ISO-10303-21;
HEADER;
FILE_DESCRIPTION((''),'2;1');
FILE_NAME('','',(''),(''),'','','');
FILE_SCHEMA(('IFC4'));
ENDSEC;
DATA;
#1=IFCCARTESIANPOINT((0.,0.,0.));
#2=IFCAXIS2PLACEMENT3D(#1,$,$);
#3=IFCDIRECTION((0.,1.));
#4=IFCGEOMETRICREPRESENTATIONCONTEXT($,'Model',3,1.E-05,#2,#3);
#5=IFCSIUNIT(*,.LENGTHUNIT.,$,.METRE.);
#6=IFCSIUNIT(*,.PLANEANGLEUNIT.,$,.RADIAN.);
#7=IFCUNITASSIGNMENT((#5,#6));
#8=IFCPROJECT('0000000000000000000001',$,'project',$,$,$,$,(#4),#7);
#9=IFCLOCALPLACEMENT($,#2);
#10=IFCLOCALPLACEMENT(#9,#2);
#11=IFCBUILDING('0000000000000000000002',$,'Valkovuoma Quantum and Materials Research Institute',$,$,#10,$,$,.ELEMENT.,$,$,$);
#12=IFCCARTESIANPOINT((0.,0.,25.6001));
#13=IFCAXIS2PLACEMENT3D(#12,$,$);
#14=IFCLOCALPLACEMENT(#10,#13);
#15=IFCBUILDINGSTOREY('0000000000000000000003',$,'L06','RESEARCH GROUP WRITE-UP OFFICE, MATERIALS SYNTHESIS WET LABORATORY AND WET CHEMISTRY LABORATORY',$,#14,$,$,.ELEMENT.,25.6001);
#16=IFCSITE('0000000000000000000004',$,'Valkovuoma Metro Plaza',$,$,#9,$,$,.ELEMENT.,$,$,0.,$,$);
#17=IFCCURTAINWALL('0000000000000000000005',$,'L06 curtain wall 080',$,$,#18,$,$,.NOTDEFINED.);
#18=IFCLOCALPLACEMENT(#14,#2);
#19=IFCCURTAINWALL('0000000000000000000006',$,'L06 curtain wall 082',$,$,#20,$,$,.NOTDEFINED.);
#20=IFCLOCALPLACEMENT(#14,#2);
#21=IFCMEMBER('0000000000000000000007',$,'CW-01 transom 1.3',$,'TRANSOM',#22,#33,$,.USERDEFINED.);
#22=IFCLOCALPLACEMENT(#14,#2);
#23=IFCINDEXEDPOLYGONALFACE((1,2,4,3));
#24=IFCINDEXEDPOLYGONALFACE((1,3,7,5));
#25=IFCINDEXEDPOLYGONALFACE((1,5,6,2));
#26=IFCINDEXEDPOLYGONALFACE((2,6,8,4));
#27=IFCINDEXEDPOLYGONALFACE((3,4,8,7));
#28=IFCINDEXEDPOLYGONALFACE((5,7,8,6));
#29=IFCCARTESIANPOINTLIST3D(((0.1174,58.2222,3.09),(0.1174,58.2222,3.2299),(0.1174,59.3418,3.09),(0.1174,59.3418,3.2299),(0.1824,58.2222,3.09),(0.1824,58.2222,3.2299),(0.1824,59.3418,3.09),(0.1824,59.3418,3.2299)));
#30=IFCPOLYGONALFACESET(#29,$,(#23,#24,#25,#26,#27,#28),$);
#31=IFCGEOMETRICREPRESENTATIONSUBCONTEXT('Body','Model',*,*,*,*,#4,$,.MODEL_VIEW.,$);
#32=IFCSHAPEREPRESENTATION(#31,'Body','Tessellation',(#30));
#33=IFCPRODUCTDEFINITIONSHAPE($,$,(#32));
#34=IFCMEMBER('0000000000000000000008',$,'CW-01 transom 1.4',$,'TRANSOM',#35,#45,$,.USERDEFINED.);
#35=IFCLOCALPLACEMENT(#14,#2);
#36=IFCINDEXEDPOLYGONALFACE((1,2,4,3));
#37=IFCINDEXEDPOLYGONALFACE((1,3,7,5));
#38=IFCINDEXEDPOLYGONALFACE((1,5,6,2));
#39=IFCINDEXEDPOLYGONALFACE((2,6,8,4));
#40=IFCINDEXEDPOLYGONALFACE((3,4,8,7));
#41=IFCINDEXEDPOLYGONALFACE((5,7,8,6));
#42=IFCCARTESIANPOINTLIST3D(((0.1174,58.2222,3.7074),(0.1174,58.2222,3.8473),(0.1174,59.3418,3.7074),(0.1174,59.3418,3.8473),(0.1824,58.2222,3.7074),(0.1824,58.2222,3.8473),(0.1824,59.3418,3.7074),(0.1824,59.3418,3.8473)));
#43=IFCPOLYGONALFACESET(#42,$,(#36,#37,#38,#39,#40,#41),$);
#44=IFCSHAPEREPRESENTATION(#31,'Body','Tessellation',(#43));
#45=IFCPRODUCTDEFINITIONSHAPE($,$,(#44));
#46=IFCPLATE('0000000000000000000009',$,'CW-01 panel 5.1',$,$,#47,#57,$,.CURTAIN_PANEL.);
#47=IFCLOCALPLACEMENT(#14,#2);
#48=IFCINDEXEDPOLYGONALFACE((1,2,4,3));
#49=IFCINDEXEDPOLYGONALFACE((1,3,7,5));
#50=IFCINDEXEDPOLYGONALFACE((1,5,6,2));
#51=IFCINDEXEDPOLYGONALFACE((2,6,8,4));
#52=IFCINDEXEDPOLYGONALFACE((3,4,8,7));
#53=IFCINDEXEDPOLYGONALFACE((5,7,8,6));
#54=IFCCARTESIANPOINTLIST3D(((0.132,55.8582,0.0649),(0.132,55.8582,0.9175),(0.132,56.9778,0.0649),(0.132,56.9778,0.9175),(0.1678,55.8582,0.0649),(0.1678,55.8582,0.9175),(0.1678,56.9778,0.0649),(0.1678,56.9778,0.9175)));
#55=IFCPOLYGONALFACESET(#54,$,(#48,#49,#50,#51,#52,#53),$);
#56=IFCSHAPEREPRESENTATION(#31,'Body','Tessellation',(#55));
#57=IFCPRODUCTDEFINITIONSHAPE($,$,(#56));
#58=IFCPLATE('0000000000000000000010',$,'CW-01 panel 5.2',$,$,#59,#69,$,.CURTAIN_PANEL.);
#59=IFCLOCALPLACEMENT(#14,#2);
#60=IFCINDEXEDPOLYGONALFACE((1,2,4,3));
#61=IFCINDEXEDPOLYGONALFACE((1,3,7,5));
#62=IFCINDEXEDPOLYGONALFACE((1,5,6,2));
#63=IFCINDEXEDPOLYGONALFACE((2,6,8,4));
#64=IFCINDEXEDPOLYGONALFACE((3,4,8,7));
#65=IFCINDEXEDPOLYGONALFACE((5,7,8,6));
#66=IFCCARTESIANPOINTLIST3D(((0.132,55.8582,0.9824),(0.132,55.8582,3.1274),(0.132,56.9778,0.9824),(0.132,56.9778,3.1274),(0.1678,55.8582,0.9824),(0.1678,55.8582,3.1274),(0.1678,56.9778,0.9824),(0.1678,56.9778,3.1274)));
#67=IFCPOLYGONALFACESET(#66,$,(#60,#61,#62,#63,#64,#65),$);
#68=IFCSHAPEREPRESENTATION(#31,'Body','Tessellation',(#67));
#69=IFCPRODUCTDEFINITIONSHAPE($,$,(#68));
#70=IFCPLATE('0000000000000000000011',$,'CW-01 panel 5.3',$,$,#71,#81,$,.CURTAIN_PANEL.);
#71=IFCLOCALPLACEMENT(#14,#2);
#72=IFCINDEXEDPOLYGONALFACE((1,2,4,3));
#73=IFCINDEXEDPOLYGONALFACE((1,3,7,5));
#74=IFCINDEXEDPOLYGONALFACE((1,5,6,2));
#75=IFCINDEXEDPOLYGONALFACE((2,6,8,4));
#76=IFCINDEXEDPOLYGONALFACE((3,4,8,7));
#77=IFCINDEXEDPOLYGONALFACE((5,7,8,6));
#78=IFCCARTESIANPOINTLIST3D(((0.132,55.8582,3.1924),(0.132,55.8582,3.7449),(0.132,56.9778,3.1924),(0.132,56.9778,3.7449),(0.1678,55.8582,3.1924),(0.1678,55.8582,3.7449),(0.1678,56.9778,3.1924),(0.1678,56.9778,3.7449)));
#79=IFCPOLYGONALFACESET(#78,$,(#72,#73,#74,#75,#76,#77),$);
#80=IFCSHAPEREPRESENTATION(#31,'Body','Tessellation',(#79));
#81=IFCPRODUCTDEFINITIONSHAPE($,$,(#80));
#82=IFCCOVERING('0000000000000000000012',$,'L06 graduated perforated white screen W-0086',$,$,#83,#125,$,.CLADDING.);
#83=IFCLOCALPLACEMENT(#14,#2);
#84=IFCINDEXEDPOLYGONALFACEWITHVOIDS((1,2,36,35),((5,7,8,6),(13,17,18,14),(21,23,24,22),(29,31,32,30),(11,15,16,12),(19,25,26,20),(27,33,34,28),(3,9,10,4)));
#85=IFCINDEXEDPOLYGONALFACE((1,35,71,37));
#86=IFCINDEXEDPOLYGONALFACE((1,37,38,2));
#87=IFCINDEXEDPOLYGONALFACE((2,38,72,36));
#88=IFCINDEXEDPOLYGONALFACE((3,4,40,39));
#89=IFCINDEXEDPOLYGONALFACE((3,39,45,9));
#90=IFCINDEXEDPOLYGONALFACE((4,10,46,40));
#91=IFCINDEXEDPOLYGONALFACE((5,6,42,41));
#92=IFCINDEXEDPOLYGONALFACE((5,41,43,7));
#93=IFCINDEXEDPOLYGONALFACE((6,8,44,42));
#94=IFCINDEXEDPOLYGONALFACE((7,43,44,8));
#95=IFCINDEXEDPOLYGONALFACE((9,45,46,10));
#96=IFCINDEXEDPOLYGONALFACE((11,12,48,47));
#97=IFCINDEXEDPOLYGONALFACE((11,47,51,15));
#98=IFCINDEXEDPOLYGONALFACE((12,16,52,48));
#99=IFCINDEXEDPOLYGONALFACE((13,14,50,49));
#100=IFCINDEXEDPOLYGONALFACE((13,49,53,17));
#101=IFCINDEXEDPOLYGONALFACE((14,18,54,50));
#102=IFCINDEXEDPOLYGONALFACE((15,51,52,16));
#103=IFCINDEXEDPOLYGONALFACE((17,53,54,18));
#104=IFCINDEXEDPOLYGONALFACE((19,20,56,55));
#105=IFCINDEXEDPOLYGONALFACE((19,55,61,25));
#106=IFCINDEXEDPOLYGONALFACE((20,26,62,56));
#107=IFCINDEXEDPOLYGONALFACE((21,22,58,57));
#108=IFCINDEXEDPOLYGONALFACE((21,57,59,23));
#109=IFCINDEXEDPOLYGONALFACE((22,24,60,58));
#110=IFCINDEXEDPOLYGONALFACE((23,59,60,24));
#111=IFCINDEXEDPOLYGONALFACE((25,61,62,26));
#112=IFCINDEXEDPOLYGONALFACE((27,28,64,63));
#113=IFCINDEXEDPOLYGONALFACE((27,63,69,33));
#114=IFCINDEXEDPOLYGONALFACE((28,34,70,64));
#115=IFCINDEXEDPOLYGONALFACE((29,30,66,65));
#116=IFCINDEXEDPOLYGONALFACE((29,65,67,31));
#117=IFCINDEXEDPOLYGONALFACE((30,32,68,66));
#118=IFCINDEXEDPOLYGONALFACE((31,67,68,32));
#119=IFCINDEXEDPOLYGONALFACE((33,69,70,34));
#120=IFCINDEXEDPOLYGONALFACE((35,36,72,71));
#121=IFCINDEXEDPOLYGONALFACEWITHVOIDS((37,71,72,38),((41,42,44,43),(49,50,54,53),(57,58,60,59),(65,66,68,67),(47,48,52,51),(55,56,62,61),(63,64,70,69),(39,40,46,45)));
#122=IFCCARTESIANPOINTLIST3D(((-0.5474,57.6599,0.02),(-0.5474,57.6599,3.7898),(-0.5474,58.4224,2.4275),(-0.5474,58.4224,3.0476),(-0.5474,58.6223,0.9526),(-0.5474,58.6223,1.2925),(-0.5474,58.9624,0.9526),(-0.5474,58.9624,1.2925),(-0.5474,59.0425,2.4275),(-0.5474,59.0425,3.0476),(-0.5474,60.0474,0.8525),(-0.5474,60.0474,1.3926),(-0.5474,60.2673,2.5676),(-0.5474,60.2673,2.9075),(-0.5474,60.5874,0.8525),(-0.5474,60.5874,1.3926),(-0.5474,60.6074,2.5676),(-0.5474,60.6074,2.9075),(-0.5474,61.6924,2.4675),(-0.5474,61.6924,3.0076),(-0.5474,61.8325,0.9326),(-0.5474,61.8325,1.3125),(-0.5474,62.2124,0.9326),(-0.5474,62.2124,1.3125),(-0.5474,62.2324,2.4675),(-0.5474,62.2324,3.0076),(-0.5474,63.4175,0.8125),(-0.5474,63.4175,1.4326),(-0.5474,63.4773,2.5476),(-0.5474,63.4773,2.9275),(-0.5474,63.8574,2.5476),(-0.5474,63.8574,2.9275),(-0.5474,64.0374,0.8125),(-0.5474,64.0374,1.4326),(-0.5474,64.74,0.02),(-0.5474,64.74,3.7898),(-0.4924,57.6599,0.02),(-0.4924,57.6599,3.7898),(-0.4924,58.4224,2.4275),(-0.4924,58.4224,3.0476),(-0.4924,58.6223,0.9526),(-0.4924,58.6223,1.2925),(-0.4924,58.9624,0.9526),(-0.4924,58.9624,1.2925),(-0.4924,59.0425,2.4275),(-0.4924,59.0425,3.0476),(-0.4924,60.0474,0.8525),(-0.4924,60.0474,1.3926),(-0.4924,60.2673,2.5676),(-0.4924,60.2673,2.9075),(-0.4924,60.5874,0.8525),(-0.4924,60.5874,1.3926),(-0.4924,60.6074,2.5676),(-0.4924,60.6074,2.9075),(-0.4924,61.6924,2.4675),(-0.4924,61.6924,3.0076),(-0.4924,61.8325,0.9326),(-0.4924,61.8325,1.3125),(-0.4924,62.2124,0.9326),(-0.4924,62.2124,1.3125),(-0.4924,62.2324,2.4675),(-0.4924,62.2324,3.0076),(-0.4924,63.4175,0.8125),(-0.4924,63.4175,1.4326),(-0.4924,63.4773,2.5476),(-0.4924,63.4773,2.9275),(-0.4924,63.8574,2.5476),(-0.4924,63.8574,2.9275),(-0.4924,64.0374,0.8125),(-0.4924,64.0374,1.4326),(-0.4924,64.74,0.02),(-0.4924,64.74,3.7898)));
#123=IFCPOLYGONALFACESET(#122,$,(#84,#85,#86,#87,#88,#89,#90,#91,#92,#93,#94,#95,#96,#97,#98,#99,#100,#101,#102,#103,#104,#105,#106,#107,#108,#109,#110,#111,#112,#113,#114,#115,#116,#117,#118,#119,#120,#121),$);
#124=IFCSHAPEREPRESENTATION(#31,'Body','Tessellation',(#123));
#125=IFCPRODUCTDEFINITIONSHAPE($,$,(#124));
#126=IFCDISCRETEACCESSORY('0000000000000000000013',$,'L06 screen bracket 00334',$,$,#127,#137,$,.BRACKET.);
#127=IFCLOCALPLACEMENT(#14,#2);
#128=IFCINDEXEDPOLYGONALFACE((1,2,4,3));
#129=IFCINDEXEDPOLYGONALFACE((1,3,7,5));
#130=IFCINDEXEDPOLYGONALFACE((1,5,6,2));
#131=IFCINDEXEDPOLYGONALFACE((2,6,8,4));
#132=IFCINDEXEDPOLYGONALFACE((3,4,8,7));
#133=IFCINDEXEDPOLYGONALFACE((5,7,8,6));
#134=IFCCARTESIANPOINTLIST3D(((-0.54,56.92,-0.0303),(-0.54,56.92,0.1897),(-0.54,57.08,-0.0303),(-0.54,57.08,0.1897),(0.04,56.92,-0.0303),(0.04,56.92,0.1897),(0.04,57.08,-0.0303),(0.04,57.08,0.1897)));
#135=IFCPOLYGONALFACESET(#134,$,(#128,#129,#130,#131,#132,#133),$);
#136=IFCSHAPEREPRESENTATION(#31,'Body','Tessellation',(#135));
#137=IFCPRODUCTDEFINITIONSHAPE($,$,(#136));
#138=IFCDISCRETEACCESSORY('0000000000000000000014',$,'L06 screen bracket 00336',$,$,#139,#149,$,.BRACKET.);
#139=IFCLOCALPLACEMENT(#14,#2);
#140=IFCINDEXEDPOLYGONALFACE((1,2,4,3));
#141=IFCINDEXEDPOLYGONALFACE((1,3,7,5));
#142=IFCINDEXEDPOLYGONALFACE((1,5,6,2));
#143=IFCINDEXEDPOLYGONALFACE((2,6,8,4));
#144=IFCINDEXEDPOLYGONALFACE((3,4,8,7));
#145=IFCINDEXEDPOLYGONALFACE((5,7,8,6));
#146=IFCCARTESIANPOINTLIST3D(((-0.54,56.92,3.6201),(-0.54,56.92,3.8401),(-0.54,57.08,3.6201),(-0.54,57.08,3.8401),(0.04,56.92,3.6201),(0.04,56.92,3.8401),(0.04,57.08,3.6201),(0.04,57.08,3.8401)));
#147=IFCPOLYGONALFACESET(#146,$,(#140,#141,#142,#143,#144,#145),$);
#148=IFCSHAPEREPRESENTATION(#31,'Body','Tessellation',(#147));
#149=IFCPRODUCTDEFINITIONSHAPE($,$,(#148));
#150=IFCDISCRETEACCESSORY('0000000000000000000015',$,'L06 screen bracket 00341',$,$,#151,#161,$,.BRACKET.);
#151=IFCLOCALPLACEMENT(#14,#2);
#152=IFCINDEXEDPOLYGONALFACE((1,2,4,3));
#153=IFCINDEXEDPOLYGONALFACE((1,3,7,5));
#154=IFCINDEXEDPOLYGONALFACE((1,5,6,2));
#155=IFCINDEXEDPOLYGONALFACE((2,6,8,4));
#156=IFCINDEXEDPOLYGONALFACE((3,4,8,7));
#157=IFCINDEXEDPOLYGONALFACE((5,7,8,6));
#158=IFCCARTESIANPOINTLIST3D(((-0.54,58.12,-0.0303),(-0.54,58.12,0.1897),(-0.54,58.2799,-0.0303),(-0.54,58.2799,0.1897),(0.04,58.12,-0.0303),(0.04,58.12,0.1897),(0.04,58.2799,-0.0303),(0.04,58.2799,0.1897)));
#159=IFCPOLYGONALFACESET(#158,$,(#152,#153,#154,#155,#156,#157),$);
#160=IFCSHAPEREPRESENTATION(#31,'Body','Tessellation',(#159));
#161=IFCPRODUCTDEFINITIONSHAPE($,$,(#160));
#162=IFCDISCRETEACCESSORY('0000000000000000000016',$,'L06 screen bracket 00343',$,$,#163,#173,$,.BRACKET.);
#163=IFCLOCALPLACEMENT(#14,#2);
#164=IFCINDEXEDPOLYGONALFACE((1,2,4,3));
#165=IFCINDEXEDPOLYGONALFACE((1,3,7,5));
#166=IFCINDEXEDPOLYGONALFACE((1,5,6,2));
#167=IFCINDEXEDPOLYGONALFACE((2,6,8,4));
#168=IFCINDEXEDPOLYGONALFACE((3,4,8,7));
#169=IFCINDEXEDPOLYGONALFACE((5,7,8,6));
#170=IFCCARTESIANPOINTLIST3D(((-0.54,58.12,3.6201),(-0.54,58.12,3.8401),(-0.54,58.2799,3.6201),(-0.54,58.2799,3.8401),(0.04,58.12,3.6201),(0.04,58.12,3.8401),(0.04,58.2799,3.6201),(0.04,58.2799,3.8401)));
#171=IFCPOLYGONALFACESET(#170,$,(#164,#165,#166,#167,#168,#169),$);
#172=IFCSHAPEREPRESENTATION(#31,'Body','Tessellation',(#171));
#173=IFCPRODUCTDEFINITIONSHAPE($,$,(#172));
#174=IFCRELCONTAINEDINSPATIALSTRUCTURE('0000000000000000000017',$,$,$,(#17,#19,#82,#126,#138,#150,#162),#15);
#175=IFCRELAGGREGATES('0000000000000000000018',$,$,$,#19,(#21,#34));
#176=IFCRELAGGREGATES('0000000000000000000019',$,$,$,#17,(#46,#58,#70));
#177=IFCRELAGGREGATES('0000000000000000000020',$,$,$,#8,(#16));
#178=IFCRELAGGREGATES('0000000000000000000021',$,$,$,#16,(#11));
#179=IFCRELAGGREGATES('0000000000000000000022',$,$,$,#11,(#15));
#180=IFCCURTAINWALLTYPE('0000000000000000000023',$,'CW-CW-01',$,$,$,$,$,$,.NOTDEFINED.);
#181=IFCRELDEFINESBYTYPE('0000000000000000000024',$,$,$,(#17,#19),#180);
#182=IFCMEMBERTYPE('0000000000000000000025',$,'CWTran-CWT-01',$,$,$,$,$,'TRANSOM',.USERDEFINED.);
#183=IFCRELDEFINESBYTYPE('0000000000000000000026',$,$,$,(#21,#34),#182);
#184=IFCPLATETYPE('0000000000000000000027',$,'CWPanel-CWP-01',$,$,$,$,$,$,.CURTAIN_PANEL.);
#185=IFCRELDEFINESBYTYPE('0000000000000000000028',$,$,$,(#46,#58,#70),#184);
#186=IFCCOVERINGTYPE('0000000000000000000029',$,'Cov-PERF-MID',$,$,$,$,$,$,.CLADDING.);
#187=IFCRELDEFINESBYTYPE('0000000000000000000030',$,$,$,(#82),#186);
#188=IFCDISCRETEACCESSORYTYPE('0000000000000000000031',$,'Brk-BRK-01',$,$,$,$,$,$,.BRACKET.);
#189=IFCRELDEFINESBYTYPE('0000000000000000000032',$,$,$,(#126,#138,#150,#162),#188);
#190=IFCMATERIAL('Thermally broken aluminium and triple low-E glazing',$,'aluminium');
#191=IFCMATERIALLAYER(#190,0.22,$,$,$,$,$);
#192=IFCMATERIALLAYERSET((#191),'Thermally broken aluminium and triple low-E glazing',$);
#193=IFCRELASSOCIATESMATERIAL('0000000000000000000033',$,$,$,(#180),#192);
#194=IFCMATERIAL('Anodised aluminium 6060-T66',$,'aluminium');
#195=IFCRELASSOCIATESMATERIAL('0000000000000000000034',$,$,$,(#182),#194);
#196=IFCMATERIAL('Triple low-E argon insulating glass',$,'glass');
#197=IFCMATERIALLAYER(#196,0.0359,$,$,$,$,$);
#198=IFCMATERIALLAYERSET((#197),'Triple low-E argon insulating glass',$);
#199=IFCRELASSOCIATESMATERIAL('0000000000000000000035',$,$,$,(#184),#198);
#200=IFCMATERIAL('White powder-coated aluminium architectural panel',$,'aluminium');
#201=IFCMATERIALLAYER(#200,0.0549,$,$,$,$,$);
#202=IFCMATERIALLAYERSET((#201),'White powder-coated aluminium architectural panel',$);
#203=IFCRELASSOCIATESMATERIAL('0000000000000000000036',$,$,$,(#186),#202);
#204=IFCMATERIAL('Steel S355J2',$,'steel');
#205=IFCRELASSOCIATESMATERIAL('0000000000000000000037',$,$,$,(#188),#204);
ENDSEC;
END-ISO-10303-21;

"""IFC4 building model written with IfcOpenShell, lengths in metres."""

from ifc_helpers import new_model, si_unit, direction, frame, origin, origin_2d, place, context, subcontext, project, spatial, polyline, rectangle, outline, extrude, material, layer, layer_set, material_profile, profile_set, type_object, element, aggregate, save


model = new_model("IFC4")

# Units and contexts
model_context = context("Model", 3, precision=1e-05, world=origin(), true_north=direction((0.0, 1.0)))
body_context = subcontext(model_context, "Body", "Model", "MODEL_VIEW")
ifc_project = project(units=[si_unit("LENGTHUNIT", "METRE"), si_unit("PLANEANGLEUNIT", "RADIAN")], contexts=[model_context])

# Site, building, storey
site_placement = place(None, origin())
site = spatial("IfcSite", under=ifc_project, at=site_placement, Name="Valkovuoma Metro Plaza", CompositionType="ELEMENT", RefElevation=0.0)
building_placement = place(site_placement, origin())
building = spatial("IfcBuilding", under=site, at=building_placement, Name="Valkovuoma Quantum and Materials Research Institute", CompositionType="ELEMENT")
storey_placement = place(building_placement, frame((0.0, 0.0, 25.6001)))
storey = spatial("IfcBuildingStorey", under=building, at=storey_placement, Name="L06", Description="RESEARCH GROUP WRITE-UP OFFICE, MATERIALS SYNTHESIS WET LABORATORY AND WET CHEMISTRY LABORATORY", CompositionType="ELEMENT", Elevation=25.6001)

# Curtain walls
ifc_material_1 = material(Name="Thermally broken aluminium and triple low-E glazing", Category="aluminium")
ifc_layer_1 = layer(ifc_material_1, 0.22)
ifc_layer_set_1 = layer_set([ifc_layer_1], Name="Thermally broken aluminium and triple low-E glazing")
curtain_wall_type = type_object("IfcCurtainWallType", Name="CW-CW-01", PredefinedType="NOTDEFINED", material=ifc_layer_set_1)
curtain_wall_1_placement = place(storey_placement, origin())
curtain_wall_1 = element("IfcCurtainWall", 1, at=curtain_wall_1_placement, inside=storey, type_object=curtain_wall_type, Name="L06 curtain wall 080", PredefinedType="NOTDEFINED")
curtain_wall_2_placement = place(storey_placement, origin())
curtain_wall_2 = element("IfcCurtainWall", 2, at=curtain_wall_2_placement, inside=storey, type_object=curtain_wall_type, Name="L06 curtain wall 082", PredefinedType="NOTDEFINED")

# Members
ifc_material_2 = material(Name="Anodised aluminium 6060-T66", Category="aluminium")
ifc_material_profile_1 = material_profile(ifc_material_2, rectangle(XDim=0.0649, YDim=0.1399, at=origin_2d()), Name="Anodised aluminium 6060-T66")
ifc_profile_set_1 = profile_set([ifc_material_profile_1], Name="Anodised aluminium 6060-T66")
member_type_1 = type_object("IfcMemberType", Name="CWTran-CWT-01", ElementType="TRANSOM", PredefinedType="USERDEFINED", material=ifc_profile_set_1)
member_1_placement = place(storey_placement, frame((0.1499, 58.2222, 3.1599), z_axis=(0.0, 1.0, 0.0), x_axis=(-1.0, 0.0, 0.0)))
member_1 = element("IfcMember", 3, at=member_1_placement, type_object=member_type_1, Name="CW-01 transom 1.3", ObjectType="TRANSOM", PredefinedType="USERDEFINED", context=body_context, shape_type="SweptSolid", body=[
    extrude(rectangle(XDim=0.0649, YDim=0.1399, at=origin_2d()), origin(), (0.0, 0.0, 1.0), 1.1196),
])
member_2_placement = place(storey_placement, frame((0.1499, 58.2222, 3.7773), z_axis=(0.0, 1.0, 0.0), x_axis=(-1.0, 0.0, 0.0)))
member_2 = element("IfcMember", 4, at=member_2_placement, type_object=member_type_1, Name="CW-01 transom 1.4", ObjectType="TRANSOM", PredefinedType="USERDEFINED", context=body_context, shape_type="SweptSolid", body=[
    extrude(rectangle(XDim=0.0649, YDim=0.1399, at=origin_2d()), origin(), (0.0, 0.0, 1.0), 1.1196),
])
aggregate(curtain_wall_2, [member_1, member_2])

# Plates
ifc_material_3 = material(Name="Triple low-E argon insulating glass", Category="glass")
ifc_layer_2 = layer(ifc_material_3, 0.0359)
ifc_layer_set_2 = layer_set([ifc_layer_2], Name="Triple low-E argon insulating glass")
plate_type = type_object("IfcPlateType", Name="CWPanel-CWP-01", PredefinedType="CURTAIN_PANEL", material=ifc_layer_set_2)
plate_1_placement = place(storey_placement, frame((0.1499, 56.418, 0.0649), z_axis=(0.0, 0.0, 1.0), x_axis=(0.0, 1.0, 0.0)))
plate_1 = element("IfcPlate", 5, at=plate_1_placement, type_object=plate_type, Name="CW-01 panel 5.1", PredefinedType="CURTAIN_PANEL", context=body_context, shape_type="SweptSolid", body=[
    extrude(rectangle(XDim=1.1196, YDim=0.0359, at=origin_2d()), origin(), (0.0, 0.0, 1.0), 0.8525),
])
plate_2_placement = place(storey_placement, frame((0.1499, 56.418, 0.9824), z_axis=(0.0, 0.0, 1.0), x_axis=(0.0, 1.0, 0.0)))
plate_2 = element("IfcPlate", 6, at=plate_2_placement, type_object=plate_type, Name="CW-01 panel 5.2", PredefinedType="CURTAIN_PANEL", context=body_context, shape_type="SweptSolid", body=[
    extrude(rectangle(XDim=1.1196, YDim=0.0359, at=origin_2d()), origin(), (0.0, 0.0, 1.0), 2.145),
])
plate_3_placement = place(storey_placement, frame((0.1499, 56.418, 3.1924), z_axis=(0.0, 0.0, 1.0), x_axis=(0.0, 1.0, 0.0)))
plate_3 = element("IfcPlate", 7, at=plate_3_placement, type_object=plate_type, Name="CW-01 panel 5.3", PredefinedType="CURTAIN_PANEL", context=body_context, shape_type="SweptSolid", body=[
    extrude(rectangle(XDim=1.1196, YDim=0.0359, at=origin_2d()), origin(), (0.0, 0.0, 1.0), 0.5525),
])
aggregate(curtain_wall_1, [plate_1, plate_2, plate_3])

# Covering
ifc_material_4 = material(Name="White powder-coated aluminium architectural panel", Category="aluminium")
ifc_layer_3 = layer(ifc_material_4, 0.0549)
ifc_layer_set_3 = layer_set([ifc_layer_3], Name="White powder-coated aluminium architectural panel")
covering_type = type_object("IfcCoveringType", Name="Cov-PERF-MID", PredefinedType="CLADDING", material=ifc_layer_set_3)
covering_placement = place(storey_placement, frame((-0.52, 57.6599, 0.02), z_axis=(0.0, 0.0, 1.0), x_axis=(0.0, 1.0, 0.0)))
element("IfcCovering", 8, at=covering_placement, inside=storey, type_object=covering_type, Name="L06 graduated perforated white screen W-0086", PredefinedType="CLADDING", context=body_context, shape_type="SweptSolid", body=[
    extrude(outline(polyline([(0.0, 0.0), (7.0801, 0.0), (7.0801, 3.7698), (0.0, 3.7698), (0.0, 0.0)]), holes=[polyline([(0.9624, 0.9326), (0.9624, 1.2725), (1.3025, 1.2725), (1.3025, 0.9326), (0.9624, 0.9326)]), polyline([(0.7625, 2.4075), (0.7625, 3.0276), (1.3826, 3.0276), (1.3826, 2.4075), (0.7625, 2.4075)]), polyline([(2.3875, 0.8325), (2.3875, 1.3726), (2.9275, 1.3726), (2.9275, 0.8325), (2.3875, 0.8325)]), polyline([(2.6074, 2.5476), (2.6074, 2.8875), (2.9475, 2.8875), (2.9475, 2.5476), (2.6074, 2.5476)]), polyline([(4.1726, 0.9126), (4.1726, 1.2925), (4.5525, 1.2925), (4.5525, 0.9126), (4.1726, 0.9126)]), polyline([(4.0325, 2.4475), (4.0325, 2.9875), (4.5725, 2.9875), (4.5725, 2.4475), (4.0325, 2.4475)]), polyline([(5.7576, 0.7925), (5.7576, 1.4126), (6.3774, 1.4126), (6.3774, 0.7925), (5.7576, 0.7925)]), polyline([(5.8174, 2.5276), (5.8174, 2.9075), (6.1975, 2.9075), (6.1975, 2.5276), (5.8174, 2.5276)])]), frame((0.0, 0.0273, 0.0), z_axis=(0.0, -1.0, 0.0), x_axis=(1.0, 0.0, 0.0)), (0.0, 0.0, 1.0), 0.0549),
])

# Discrete accessories
ifc_material_5 = material(Name="Steel S355J2", Category="steel")
discrete_accessory_type = type_object("IfcDiscreteAccessoryType", Name="Brk-BRK-01", PredefinedType="BRACKET", material=ifc_material_5)
for number, where, z_axis, x_axis, name in (
    (9, (-0.25, 57.0, -0.0303), (0.0, 0.0, 1.0), (1.0, 0.0, 0.0), "L06 screen bracket 00334"),
    (10, (-0.25, 57.0, 3.6201), (0.0, 0.0, 1.0), (1.0, 0.0, 0.0), "L06 screen bracket 00336"),
    (11, (-0.25, 58.2, -0.0303), (0.0, 0.0, 1.0), (1.0, 0.0, 0.0), "L06 screen bracket 00341"),
    (12, (-0.25, 58.2, 3.6201), (0.0, 0.0, 1.0), (1.0, 0.0, 0.0), "L06 screen bracket 00343"),
):
    element("IfcDiscreteAccessory", number, at=place(storey_placement, frame(where, z_axis=z_axis, x_axis=x_axis)), inside=storey, type_object=discrete_accessory_type, Name=name, PredefinedType="BRACKET", context=body_context, shape_type="SweptSolid", body=[
        extrude(rectangle(XDim=0.5801, YDim=0.1599, at=origin_2d()), origin(), (0.0, 0.0, 1.0), 0.22),
    ])

save(model, "model.ifc")
